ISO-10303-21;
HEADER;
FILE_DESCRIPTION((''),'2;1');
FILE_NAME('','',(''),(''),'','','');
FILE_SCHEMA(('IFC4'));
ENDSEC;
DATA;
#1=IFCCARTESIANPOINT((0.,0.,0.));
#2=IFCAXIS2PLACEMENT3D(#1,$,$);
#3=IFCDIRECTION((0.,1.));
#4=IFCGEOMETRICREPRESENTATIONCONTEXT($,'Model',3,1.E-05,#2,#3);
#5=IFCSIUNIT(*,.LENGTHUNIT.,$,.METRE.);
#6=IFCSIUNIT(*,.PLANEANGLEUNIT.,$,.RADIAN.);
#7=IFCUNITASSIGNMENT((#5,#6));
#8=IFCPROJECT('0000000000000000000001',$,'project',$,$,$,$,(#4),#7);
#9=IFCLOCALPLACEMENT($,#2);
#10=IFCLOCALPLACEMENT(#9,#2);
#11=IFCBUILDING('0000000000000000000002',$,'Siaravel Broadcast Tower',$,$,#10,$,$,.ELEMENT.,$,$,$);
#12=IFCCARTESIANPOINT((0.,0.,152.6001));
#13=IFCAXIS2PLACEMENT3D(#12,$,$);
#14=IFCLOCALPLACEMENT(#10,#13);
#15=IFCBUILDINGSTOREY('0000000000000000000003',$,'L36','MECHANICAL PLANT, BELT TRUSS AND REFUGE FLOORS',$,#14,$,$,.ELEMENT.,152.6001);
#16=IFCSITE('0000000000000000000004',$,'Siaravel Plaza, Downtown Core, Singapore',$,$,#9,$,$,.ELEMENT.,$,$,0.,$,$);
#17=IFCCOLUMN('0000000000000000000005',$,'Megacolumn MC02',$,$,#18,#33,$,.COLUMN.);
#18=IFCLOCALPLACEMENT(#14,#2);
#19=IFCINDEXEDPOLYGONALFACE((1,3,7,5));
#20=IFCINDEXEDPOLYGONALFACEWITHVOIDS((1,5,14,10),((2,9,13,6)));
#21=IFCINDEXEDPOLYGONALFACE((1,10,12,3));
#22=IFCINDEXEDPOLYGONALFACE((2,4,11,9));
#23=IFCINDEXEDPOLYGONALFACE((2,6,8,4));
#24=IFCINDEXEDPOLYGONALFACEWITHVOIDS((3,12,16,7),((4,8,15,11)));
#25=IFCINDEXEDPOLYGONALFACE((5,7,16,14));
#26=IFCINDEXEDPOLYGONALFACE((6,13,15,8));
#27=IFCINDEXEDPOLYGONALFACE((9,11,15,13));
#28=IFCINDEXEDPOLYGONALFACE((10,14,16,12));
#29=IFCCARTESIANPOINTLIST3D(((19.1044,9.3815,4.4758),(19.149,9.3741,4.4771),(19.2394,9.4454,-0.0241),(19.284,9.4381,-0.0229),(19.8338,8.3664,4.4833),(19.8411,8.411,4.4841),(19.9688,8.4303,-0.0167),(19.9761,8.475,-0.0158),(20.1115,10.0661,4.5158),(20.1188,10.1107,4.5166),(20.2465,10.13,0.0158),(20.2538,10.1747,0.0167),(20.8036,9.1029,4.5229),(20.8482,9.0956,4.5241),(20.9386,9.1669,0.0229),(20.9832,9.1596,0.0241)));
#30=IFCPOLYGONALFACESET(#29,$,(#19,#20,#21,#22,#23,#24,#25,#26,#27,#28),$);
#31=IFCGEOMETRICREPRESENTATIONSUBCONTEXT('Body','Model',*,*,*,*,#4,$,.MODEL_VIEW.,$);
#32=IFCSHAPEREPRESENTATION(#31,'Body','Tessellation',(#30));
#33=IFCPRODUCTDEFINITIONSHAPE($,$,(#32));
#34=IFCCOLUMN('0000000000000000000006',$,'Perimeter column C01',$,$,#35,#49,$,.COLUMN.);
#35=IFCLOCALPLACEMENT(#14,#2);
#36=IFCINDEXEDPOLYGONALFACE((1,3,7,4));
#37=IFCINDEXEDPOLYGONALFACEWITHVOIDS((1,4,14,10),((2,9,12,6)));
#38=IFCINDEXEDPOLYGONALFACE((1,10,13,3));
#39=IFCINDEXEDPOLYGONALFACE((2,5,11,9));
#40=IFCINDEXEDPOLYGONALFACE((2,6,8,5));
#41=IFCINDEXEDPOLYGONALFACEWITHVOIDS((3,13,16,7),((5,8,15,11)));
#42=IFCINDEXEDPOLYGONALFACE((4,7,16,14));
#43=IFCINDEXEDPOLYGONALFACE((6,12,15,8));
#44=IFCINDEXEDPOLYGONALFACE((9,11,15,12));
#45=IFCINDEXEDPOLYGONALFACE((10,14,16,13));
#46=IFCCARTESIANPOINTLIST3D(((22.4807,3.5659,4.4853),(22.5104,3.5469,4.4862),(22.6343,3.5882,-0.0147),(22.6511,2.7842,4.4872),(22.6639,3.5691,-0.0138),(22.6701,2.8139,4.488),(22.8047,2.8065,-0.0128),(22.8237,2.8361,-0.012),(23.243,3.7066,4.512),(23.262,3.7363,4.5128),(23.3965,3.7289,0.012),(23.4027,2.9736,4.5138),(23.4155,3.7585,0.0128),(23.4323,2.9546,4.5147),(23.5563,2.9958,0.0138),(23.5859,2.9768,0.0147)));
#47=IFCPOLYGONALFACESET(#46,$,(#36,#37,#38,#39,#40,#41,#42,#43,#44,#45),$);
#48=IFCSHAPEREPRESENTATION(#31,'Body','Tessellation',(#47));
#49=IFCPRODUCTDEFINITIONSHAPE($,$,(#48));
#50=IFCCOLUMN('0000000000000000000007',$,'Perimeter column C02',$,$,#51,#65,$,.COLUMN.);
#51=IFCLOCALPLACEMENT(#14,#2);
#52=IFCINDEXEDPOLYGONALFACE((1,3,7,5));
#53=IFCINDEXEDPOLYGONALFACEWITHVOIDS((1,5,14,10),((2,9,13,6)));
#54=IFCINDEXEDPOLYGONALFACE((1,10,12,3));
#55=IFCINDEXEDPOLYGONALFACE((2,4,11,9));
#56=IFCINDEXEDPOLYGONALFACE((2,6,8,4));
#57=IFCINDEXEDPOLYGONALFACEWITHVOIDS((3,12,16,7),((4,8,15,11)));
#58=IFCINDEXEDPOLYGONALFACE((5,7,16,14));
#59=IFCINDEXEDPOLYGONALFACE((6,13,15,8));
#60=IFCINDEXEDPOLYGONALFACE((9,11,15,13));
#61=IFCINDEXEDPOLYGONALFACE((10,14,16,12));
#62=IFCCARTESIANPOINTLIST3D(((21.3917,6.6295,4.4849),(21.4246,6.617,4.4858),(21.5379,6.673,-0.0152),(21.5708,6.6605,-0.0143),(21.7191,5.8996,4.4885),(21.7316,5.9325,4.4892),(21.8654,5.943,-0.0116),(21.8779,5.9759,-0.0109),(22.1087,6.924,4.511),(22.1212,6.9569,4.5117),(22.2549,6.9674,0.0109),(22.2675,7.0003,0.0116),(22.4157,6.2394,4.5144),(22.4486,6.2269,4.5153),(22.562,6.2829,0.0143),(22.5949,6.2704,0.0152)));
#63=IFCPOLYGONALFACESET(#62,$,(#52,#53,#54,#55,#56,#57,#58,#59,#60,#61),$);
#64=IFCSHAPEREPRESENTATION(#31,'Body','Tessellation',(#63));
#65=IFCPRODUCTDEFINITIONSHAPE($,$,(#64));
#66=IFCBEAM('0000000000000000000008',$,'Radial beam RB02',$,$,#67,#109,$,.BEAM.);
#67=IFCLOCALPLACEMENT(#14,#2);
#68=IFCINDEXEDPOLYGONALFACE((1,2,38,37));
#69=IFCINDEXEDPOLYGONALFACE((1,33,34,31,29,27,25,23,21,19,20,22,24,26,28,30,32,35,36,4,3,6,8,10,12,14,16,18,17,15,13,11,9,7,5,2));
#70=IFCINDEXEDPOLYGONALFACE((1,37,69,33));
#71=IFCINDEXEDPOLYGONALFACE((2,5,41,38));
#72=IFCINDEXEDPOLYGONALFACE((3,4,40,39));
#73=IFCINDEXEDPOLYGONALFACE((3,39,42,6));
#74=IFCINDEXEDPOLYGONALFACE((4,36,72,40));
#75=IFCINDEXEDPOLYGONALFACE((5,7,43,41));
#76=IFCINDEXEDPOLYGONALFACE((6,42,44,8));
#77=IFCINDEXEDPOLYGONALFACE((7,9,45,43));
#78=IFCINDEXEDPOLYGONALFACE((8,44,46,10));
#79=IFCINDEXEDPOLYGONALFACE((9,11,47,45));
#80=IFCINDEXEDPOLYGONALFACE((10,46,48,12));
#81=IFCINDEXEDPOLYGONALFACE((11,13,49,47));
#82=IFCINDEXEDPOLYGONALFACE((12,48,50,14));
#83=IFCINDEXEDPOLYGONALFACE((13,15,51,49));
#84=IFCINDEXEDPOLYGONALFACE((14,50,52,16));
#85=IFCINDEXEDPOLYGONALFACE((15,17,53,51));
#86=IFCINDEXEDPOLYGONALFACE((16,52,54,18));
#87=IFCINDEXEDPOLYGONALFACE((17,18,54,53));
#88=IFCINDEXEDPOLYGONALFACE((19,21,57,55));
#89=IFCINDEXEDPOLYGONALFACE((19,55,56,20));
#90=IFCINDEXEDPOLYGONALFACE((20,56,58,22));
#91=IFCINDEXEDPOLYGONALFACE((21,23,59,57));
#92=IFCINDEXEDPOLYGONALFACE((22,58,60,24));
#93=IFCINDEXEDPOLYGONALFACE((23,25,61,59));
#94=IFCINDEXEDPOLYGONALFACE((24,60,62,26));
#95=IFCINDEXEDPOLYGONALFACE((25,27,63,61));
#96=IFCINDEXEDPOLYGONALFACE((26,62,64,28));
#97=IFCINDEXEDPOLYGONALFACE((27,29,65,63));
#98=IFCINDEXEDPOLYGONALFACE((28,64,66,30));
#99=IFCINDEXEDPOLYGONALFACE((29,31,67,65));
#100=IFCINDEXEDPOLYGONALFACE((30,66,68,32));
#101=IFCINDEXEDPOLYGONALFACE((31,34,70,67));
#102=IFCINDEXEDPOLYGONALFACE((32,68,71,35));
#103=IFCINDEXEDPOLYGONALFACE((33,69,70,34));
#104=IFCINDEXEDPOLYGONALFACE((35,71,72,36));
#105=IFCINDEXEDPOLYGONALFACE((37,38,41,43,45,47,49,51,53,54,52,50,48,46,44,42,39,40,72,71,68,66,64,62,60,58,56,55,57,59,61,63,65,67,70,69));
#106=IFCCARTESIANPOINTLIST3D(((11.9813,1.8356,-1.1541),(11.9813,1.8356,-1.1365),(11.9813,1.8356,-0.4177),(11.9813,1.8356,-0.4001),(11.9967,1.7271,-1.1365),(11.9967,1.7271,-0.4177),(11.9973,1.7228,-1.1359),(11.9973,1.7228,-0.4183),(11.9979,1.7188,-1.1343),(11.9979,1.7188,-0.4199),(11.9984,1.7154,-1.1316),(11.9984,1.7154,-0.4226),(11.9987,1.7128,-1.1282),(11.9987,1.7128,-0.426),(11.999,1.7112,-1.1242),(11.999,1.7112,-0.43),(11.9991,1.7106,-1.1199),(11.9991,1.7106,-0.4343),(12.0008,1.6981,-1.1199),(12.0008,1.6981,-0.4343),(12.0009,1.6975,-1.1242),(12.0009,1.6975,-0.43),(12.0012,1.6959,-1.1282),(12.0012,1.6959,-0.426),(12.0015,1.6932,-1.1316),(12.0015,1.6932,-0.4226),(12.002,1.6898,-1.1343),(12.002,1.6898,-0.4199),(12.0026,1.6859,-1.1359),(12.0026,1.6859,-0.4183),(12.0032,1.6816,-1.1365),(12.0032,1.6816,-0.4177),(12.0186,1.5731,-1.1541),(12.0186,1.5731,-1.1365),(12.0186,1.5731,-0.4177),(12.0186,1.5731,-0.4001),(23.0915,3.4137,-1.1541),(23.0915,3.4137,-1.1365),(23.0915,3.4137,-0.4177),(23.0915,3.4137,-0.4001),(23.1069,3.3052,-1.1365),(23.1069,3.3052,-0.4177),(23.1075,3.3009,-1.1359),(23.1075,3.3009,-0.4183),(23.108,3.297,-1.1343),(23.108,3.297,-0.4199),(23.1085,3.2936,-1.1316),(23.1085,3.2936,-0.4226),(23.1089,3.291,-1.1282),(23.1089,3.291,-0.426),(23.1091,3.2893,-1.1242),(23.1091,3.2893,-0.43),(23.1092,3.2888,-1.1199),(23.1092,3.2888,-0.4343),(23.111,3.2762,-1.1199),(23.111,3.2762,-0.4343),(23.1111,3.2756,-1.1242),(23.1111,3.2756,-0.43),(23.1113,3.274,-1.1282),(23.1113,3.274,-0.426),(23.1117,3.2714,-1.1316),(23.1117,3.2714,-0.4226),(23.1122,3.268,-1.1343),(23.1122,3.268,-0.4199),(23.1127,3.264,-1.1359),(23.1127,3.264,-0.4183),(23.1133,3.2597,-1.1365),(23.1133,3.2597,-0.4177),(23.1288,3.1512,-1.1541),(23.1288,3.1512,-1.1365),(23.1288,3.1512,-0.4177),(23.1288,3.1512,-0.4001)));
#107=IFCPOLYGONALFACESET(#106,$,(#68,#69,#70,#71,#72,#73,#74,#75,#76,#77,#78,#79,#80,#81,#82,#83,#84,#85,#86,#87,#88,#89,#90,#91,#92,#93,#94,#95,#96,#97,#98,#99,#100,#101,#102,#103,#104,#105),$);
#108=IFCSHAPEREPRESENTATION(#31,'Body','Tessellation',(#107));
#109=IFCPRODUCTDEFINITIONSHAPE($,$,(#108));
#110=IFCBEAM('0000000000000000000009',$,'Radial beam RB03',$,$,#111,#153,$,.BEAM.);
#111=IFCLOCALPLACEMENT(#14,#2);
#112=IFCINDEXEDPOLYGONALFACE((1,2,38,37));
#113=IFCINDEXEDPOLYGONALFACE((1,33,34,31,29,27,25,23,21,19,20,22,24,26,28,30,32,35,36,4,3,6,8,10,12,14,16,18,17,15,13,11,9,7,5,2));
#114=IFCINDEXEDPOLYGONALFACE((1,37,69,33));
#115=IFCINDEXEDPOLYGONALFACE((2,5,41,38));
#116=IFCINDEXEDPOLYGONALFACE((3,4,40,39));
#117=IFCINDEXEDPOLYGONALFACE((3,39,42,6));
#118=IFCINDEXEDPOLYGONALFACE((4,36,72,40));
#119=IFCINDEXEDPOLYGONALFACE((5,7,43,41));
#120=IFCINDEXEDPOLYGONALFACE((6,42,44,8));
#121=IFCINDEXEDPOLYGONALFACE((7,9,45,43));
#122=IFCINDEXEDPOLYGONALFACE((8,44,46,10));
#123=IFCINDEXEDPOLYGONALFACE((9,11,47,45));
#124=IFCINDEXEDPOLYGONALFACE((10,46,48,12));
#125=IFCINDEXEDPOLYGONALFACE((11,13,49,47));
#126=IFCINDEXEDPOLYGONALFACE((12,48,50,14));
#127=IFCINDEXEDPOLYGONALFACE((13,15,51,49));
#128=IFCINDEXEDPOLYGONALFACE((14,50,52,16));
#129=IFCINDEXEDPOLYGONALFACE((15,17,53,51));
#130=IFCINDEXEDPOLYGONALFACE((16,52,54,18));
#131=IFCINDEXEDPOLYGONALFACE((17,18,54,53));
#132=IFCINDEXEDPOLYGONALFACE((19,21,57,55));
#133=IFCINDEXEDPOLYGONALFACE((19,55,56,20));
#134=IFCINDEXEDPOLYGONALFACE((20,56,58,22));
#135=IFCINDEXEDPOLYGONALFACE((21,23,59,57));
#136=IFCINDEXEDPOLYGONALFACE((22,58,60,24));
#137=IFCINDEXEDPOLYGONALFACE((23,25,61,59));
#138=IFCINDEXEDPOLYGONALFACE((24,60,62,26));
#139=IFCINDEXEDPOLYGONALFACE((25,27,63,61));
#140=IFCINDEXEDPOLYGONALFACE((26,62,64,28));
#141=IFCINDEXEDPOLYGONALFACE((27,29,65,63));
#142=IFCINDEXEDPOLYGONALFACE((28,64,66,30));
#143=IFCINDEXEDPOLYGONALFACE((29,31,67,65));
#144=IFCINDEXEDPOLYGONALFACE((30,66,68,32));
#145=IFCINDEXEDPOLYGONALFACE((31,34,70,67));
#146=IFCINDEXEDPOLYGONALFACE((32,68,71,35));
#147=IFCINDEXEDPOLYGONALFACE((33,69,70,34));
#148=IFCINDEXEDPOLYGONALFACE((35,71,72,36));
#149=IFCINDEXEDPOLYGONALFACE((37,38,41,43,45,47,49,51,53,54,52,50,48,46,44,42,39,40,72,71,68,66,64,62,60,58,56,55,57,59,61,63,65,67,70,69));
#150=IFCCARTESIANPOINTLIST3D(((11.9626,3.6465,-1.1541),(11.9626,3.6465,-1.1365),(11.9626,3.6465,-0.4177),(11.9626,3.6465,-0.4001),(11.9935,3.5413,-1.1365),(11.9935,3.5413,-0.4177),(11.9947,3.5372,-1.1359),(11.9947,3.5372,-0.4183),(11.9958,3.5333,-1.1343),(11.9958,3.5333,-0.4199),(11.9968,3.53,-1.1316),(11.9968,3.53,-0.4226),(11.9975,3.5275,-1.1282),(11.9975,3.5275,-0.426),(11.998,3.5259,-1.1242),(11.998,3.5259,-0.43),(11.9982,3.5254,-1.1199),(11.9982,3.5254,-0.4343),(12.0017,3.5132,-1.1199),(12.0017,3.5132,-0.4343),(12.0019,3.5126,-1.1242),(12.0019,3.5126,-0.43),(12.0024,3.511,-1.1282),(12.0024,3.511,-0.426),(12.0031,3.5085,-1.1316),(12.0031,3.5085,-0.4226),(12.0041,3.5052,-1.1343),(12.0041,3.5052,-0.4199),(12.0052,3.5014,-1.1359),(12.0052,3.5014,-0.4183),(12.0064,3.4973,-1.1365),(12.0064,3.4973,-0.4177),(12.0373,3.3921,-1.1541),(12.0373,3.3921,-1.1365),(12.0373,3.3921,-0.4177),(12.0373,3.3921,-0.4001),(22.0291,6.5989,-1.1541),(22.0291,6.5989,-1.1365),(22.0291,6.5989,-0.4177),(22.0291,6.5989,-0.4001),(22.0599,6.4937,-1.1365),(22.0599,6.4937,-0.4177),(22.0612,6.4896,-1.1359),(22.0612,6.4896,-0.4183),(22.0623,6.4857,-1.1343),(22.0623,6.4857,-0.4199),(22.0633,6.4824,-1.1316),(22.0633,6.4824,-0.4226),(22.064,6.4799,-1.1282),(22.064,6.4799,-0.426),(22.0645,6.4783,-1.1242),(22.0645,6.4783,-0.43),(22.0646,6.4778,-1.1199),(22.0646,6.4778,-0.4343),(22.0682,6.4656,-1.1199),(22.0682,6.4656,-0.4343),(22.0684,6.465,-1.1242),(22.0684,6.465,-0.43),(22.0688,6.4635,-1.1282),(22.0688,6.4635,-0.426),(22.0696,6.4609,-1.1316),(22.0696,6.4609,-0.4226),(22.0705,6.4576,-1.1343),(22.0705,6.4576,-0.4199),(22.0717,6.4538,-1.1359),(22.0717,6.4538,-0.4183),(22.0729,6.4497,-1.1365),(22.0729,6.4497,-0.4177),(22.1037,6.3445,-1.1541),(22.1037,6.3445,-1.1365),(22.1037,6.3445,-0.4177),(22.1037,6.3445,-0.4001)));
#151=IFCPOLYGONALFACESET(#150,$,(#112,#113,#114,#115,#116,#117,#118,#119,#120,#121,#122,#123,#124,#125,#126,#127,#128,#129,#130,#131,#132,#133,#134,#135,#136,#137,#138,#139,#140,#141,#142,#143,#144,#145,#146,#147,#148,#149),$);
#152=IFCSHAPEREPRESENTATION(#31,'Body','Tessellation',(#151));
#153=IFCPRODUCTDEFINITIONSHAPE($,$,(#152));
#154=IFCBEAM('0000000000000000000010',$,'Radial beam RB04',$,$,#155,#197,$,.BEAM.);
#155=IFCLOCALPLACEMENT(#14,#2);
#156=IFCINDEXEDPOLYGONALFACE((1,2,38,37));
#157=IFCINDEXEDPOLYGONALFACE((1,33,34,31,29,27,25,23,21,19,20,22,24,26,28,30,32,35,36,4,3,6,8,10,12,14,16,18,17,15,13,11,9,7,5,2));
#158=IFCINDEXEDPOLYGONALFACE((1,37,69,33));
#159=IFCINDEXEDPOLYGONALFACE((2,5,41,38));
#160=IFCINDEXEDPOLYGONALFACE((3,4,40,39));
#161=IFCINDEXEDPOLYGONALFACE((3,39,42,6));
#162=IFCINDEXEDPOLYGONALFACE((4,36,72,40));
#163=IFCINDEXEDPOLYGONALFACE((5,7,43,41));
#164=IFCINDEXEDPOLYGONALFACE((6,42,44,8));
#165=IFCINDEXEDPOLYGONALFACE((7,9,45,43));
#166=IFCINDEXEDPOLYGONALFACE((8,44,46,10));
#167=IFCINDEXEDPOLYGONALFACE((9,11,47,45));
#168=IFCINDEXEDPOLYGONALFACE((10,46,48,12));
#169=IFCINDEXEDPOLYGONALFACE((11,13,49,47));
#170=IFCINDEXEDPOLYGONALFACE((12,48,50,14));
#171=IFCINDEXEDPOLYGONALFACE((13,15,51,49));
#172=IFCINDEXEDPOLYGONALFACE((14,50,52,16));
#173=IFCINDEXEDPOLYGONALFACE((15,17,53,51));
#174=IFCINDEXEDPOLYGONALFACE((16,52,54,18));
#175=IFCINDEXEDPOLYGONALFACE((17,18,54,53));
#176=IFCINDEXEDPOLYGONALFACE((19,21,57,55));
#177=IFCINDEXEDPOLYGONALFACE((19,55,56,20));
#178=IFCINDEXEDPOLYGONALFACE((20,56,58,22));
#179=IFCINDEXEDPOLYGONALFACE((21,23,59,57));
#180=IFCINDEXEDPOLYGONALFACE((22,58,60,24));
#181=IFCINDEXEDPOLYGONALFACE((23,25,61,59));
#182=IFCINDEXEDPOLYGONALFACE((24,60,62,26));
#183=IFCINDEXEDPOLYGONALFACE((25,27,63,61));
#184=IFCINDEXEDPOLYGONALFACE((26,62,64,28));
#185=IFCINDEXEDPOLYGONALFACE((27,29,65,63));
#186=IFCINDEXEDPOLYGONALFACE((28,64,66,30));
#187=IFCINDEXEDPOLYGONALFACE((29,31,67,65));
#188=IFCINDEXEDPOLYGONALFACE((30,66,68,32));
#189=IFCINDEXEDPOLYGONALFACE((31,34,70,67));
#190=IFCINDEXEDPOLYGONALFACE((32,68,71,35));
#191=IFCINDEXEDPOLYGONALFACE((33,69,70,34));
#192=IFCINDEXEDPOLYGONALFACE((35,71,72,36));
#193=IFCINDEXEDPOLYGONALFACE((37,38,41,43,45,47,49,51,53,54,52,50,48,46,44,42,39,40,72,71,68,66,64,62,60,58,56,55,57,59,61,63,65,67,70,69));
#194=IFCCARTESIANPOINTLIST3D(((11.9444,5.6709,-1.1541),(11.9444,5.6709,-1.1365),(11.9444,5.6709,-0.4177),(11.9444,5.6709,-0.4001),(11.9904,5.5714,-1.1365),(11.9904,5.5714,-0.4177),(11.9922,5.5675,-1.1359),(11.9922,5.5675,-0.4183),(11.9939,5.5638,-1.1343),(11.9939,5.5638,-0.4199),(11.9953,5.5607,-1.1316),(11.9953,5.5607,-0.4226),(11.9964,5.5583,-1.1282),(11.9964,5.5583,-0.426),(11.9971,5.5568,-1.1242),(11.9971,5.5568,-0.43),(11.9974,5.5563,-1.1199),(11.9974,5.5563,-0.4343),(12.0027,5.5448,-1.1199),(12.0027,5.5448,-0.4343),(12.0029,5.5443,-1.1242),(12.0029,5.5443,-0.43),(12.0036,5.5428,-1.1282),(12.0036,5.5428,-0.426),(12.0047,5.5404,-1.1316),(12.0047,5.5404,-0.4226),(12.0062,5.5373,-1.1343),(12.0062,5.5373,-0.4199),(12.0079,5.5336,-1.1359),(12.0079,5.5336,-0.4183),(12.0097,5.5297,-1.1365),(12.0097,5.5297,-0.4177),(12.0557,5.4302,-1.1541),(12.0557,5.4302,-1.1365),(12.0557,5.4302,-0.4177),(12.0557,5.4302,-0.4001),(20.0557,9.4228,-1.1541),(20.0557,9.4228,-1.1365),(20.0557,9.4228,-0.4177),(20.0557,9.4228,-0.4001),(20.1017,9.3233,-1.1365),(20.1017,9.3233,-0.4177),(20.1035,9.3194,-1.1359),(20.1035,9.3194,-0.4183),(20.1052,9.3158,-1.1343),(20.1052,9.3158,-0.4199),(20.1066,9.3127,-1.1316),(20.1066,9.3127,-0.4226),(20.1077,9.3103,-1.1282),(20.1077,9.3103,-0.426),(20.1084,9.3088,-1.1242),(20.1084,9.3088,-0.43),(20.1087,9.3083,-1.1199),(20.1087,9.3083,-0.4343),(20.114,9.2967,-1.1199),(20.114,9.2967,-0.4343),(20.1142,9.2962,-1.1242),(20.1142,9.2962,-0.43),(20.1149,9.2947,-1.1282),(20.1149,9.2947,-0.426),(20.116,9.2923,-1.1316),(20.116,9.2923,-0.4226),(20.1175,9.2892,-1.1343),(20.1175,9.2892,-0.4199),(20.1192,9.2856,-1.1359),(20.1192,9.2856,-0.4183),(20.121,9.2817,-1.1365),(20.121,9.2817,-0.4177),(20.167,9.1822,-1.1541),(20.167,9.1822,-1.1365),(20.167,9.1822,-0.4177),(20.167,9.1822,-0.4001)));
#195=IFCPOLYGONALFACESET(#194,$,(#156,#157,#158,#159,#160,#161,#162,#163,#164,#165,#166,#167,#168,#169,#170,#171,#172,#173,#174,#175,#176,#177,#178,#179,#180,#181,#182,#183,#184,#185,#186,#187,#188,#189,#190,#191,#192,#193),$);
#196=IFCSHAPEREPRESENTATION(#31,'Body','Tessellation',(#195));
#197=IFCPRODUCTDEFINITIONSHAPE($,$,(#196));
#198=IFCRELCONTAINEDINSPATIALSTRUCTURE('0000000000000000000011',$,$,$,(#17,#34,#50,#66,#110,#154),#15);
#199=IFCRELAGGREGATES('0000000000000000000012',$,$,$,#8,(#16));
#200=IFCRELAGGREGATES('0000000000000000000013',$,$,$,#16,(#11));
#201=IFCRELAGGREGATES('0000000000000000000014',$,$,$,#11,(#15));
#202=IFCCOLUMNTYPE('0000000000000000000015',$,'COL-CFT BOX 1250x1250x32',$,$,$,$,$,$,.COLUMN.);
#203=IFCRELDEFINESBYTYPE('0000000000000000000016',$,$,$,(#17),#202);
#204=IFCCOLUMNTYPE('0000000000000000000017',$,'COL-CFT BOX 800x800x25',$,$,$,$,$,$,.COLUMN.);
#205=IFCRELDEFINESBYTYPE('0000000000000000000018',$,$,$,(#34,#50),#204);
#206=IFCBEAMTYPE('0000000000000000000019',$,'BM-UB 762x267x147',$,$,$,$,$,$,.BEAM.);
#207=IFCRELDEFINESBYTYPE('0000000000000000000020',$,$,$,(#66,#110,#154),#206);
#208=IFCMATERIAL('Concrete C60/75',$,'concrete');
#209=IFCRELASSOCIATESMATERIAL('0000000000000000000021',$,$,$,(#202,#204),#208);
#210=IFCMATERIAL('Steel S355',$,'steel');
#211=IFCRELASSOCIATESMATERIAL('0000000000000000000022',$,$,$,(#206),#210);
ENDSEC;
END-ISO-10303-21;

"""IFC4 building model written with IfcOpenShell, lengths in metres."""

from ifc_helpers import new_model, si_unit, direction, frame, origin, origin_2d, place, context, subcontext, project, spatial, hollow_rectangle, i_section, extrude, material, material_profile, profile_set, type_object, element, save


model = new_model("IFC4")

# Units and contexts
model_context = context("Model", 3, precision=1e-05, world=origin(), true_north=direction((0.0, 1.0)))
body_context = subcontext(model_context, "Body", "Model", "MODEL_VIEW")
ifc_project = project(units=[si_unit("LENGTHUNIT", "METRE"), si_unit("PLANEANGLEUNIT", "RADIAN")], contexts=[model_context])

# Site, building, storey
site_placement = place(None, origin())
site = spatial("IfcSite", under=ifc_project, at=site_placement, Name="Siaravel Plaza, Downtown Core, Singapore", CompositionType="ELEMENT", RefElevation=0.0)
building_placement = place(site_placement, origin())
building = spatial("IfcBuilding", under=site, at=building_placement, Name="Siaravel Broadcast Tower", CompositionType="ELEMENT")
storey_placement = place(building_placement, frame((0.0, 0.0, 152.6001)))
storey = spatial("IfcBuildingStorey", under=building, at=storey_placement, Name="L36", Description="MECHANICAL PLANT, BELT TRUSS AND REFUGE FLOORS", CompositionType="ELEMENT", Elevation=152.6001)

# Columns
ifc_material_1 = material(Name="Concrete C60/75", Category="concrete")
ifc_material_profile_1 = material_profile(ifc_material_1, hollow_rectangle(XDim=1.25, YDim=1.25, WallThickness=0.032, at=origin_2d()))
ifc_profile_set_1 = profile_set([ifc_material_profile_1], Name="Concrete C60/75")
column_type_1 = type_object("IfcColumnType", Name="COL-CFT BOX 1250x1250x32", PredefinedType="COLUMN", material=ifc_profile_set_1)
column_placement = place(storey_placement, frame((20.1113, 9.3025, 0.0), z_axis=(-0.029986, -0.014207, 0.999449), x_axis=(0.583532, -0.812069, 0.005964)))
element("IfcColumn", 1, at=column_placement, inside=storey, type_object=column_type_1, Name="Megacolumn MC02", PredefinedType="COLUMN", context=body_context, shape_type="SweptSolid", body=[
    extrude(hollow_rectangle(XDim=1.25, YDim=1.25, WallThickness=0.032, at=origin_2d()), origin(), (0.0, 0.0, 1.0), 4.5024),
])
ifc_material_profile_2 = material_profile(ifc_material_1, hollow_rectangle(XDim=0.8, YDim=0.8, WallThickness=0.0249, at=origin_2d()))
ifc_profile_set_2 = profile_set([ifc_material_profile_2], Name="Concrete C60/75")
column_type_2 = type_object("IfcColumnType", Name="COL-CFT BOX 800x800x25", PredefinedType="COLUMN", material=ifc_profile_set_2)
for number, where, z_axis, x_axis, name in (
    (2, (23.1101, 3.2825, 0.0), (-0.034105, -0.004934, 0.999406), (0.212939, -0.977062, 0.002443), "Perimeter column C01"),
    (3, (22.0664, 6.4717, 0.0), (-0.032479, -0.009652, 0.999426), (0.409244, -0.912414, 0.004488), "Perimeter column C02"),
):
    element("IfcColumn", number, at=place(storey_placement, frame(where, z_axis=z_axis, x_axis=x_axis)), inside=storey, type_object=column_type_2, Name=name, PredefinedType="COLUMN", context=body_context, shape_type="SweptSolid", body=[
        extrude(hollow_rectangle(XDim=0.8, YDim=0.8, WallThickness=0.0249, at=origin_2d()), origin(), (0.0, 0.0, 1.0), 4.5027),
    ])

# Beams
ifc_material_2 = material(Name="Steel S355", Category="steel")
ifc_material_profile_3 = material_profile(ifc_material_2, i_section(OverallWidth=0.2651, OverallDepth=0.7539, WebThickness=0.0127, FlangeThickness=0.0176, FilletRadius=0.0166, at=origin_2d()))
ifc_profile_set_3 = profile_set([ifc_material_profile_3], Name="Steel S355")
beam_type_1 = type_object("IfcBeamType", Name="BM-UB 762x267x147", PredefinedType="BEAM", material=ifc_profile_set_3)
beam_1_placement = place(storey_placement, frame((23.1101, 3.2825, -0.7771), z_axis=(-0.990062, -0.140632, 0.0), x_axis=(0.140632, -0.990062, 0.0)))
element("IfcBeam", 4, at=beam_1_placement, inside=storey, type_object=beam_type_1, Name="Radial beam RB02", PredefinedType="BEAM", context=body_context, shape_type="SweptSolid", body=[
    extrude(i_section(OverallWidth=0.2651, OverallDepth=0.7539, WebThickness=0.0127, FlangeThickness=0.0176, FilletRadius=0.0166, at=origin_2d()), origin(), (0.0, 0.0, 1.0), 11.2217),
])
beam_2_placement = place(storey_placement, frame((22.0664, 6.4717, -0.7771), z_axis=(-0.95958, -0.281437, 0.0), x_axis=(0.281437, -0.95958, 0.0)))
element("IfcBeam", 5, at=beam_2_placement, inside=storey, type_object=beam_type_1, Name="Radial beam RB03", PredefinedType="BEAM", context=body_context, shape_type="SweptSolid", body=[
    extrude(i_section(OverallWidth=0.2651, OverallDepth=0.7539, WebThickness=0.0127, FlangeThickness=0.0176, FilletRadius=0.0166, at=origin_2d()), origin(), (0.0, 0.0, 1.0), 10.4905),
])
beam_3_placement = place(storey_placement, frame((20.1113, 9.3025, -0.7771), z_axis=(-0.907607, -0.41982, 0.0), x_axis=(0.41982, -0.907607, 0.0)))
element("IfcBeam", 6, at=beam_3_placement, inside=storey, type_object=beam_type_1, Name="Radial beam RB04", PredefinedType="BEAM", context=body_context, shape_type="SweptSolid", body=[
    extrude(i_section(OverallWidth=0.2651, OverallDepth=0.7539, WebThickness=0.0127, FlangeThickness=0.0176, FilletRadius=0.0166, at=origin_2d()), origin(), (0.0, 0.0, 1.0), 8.937),
])

save(model, "model.ifc")
